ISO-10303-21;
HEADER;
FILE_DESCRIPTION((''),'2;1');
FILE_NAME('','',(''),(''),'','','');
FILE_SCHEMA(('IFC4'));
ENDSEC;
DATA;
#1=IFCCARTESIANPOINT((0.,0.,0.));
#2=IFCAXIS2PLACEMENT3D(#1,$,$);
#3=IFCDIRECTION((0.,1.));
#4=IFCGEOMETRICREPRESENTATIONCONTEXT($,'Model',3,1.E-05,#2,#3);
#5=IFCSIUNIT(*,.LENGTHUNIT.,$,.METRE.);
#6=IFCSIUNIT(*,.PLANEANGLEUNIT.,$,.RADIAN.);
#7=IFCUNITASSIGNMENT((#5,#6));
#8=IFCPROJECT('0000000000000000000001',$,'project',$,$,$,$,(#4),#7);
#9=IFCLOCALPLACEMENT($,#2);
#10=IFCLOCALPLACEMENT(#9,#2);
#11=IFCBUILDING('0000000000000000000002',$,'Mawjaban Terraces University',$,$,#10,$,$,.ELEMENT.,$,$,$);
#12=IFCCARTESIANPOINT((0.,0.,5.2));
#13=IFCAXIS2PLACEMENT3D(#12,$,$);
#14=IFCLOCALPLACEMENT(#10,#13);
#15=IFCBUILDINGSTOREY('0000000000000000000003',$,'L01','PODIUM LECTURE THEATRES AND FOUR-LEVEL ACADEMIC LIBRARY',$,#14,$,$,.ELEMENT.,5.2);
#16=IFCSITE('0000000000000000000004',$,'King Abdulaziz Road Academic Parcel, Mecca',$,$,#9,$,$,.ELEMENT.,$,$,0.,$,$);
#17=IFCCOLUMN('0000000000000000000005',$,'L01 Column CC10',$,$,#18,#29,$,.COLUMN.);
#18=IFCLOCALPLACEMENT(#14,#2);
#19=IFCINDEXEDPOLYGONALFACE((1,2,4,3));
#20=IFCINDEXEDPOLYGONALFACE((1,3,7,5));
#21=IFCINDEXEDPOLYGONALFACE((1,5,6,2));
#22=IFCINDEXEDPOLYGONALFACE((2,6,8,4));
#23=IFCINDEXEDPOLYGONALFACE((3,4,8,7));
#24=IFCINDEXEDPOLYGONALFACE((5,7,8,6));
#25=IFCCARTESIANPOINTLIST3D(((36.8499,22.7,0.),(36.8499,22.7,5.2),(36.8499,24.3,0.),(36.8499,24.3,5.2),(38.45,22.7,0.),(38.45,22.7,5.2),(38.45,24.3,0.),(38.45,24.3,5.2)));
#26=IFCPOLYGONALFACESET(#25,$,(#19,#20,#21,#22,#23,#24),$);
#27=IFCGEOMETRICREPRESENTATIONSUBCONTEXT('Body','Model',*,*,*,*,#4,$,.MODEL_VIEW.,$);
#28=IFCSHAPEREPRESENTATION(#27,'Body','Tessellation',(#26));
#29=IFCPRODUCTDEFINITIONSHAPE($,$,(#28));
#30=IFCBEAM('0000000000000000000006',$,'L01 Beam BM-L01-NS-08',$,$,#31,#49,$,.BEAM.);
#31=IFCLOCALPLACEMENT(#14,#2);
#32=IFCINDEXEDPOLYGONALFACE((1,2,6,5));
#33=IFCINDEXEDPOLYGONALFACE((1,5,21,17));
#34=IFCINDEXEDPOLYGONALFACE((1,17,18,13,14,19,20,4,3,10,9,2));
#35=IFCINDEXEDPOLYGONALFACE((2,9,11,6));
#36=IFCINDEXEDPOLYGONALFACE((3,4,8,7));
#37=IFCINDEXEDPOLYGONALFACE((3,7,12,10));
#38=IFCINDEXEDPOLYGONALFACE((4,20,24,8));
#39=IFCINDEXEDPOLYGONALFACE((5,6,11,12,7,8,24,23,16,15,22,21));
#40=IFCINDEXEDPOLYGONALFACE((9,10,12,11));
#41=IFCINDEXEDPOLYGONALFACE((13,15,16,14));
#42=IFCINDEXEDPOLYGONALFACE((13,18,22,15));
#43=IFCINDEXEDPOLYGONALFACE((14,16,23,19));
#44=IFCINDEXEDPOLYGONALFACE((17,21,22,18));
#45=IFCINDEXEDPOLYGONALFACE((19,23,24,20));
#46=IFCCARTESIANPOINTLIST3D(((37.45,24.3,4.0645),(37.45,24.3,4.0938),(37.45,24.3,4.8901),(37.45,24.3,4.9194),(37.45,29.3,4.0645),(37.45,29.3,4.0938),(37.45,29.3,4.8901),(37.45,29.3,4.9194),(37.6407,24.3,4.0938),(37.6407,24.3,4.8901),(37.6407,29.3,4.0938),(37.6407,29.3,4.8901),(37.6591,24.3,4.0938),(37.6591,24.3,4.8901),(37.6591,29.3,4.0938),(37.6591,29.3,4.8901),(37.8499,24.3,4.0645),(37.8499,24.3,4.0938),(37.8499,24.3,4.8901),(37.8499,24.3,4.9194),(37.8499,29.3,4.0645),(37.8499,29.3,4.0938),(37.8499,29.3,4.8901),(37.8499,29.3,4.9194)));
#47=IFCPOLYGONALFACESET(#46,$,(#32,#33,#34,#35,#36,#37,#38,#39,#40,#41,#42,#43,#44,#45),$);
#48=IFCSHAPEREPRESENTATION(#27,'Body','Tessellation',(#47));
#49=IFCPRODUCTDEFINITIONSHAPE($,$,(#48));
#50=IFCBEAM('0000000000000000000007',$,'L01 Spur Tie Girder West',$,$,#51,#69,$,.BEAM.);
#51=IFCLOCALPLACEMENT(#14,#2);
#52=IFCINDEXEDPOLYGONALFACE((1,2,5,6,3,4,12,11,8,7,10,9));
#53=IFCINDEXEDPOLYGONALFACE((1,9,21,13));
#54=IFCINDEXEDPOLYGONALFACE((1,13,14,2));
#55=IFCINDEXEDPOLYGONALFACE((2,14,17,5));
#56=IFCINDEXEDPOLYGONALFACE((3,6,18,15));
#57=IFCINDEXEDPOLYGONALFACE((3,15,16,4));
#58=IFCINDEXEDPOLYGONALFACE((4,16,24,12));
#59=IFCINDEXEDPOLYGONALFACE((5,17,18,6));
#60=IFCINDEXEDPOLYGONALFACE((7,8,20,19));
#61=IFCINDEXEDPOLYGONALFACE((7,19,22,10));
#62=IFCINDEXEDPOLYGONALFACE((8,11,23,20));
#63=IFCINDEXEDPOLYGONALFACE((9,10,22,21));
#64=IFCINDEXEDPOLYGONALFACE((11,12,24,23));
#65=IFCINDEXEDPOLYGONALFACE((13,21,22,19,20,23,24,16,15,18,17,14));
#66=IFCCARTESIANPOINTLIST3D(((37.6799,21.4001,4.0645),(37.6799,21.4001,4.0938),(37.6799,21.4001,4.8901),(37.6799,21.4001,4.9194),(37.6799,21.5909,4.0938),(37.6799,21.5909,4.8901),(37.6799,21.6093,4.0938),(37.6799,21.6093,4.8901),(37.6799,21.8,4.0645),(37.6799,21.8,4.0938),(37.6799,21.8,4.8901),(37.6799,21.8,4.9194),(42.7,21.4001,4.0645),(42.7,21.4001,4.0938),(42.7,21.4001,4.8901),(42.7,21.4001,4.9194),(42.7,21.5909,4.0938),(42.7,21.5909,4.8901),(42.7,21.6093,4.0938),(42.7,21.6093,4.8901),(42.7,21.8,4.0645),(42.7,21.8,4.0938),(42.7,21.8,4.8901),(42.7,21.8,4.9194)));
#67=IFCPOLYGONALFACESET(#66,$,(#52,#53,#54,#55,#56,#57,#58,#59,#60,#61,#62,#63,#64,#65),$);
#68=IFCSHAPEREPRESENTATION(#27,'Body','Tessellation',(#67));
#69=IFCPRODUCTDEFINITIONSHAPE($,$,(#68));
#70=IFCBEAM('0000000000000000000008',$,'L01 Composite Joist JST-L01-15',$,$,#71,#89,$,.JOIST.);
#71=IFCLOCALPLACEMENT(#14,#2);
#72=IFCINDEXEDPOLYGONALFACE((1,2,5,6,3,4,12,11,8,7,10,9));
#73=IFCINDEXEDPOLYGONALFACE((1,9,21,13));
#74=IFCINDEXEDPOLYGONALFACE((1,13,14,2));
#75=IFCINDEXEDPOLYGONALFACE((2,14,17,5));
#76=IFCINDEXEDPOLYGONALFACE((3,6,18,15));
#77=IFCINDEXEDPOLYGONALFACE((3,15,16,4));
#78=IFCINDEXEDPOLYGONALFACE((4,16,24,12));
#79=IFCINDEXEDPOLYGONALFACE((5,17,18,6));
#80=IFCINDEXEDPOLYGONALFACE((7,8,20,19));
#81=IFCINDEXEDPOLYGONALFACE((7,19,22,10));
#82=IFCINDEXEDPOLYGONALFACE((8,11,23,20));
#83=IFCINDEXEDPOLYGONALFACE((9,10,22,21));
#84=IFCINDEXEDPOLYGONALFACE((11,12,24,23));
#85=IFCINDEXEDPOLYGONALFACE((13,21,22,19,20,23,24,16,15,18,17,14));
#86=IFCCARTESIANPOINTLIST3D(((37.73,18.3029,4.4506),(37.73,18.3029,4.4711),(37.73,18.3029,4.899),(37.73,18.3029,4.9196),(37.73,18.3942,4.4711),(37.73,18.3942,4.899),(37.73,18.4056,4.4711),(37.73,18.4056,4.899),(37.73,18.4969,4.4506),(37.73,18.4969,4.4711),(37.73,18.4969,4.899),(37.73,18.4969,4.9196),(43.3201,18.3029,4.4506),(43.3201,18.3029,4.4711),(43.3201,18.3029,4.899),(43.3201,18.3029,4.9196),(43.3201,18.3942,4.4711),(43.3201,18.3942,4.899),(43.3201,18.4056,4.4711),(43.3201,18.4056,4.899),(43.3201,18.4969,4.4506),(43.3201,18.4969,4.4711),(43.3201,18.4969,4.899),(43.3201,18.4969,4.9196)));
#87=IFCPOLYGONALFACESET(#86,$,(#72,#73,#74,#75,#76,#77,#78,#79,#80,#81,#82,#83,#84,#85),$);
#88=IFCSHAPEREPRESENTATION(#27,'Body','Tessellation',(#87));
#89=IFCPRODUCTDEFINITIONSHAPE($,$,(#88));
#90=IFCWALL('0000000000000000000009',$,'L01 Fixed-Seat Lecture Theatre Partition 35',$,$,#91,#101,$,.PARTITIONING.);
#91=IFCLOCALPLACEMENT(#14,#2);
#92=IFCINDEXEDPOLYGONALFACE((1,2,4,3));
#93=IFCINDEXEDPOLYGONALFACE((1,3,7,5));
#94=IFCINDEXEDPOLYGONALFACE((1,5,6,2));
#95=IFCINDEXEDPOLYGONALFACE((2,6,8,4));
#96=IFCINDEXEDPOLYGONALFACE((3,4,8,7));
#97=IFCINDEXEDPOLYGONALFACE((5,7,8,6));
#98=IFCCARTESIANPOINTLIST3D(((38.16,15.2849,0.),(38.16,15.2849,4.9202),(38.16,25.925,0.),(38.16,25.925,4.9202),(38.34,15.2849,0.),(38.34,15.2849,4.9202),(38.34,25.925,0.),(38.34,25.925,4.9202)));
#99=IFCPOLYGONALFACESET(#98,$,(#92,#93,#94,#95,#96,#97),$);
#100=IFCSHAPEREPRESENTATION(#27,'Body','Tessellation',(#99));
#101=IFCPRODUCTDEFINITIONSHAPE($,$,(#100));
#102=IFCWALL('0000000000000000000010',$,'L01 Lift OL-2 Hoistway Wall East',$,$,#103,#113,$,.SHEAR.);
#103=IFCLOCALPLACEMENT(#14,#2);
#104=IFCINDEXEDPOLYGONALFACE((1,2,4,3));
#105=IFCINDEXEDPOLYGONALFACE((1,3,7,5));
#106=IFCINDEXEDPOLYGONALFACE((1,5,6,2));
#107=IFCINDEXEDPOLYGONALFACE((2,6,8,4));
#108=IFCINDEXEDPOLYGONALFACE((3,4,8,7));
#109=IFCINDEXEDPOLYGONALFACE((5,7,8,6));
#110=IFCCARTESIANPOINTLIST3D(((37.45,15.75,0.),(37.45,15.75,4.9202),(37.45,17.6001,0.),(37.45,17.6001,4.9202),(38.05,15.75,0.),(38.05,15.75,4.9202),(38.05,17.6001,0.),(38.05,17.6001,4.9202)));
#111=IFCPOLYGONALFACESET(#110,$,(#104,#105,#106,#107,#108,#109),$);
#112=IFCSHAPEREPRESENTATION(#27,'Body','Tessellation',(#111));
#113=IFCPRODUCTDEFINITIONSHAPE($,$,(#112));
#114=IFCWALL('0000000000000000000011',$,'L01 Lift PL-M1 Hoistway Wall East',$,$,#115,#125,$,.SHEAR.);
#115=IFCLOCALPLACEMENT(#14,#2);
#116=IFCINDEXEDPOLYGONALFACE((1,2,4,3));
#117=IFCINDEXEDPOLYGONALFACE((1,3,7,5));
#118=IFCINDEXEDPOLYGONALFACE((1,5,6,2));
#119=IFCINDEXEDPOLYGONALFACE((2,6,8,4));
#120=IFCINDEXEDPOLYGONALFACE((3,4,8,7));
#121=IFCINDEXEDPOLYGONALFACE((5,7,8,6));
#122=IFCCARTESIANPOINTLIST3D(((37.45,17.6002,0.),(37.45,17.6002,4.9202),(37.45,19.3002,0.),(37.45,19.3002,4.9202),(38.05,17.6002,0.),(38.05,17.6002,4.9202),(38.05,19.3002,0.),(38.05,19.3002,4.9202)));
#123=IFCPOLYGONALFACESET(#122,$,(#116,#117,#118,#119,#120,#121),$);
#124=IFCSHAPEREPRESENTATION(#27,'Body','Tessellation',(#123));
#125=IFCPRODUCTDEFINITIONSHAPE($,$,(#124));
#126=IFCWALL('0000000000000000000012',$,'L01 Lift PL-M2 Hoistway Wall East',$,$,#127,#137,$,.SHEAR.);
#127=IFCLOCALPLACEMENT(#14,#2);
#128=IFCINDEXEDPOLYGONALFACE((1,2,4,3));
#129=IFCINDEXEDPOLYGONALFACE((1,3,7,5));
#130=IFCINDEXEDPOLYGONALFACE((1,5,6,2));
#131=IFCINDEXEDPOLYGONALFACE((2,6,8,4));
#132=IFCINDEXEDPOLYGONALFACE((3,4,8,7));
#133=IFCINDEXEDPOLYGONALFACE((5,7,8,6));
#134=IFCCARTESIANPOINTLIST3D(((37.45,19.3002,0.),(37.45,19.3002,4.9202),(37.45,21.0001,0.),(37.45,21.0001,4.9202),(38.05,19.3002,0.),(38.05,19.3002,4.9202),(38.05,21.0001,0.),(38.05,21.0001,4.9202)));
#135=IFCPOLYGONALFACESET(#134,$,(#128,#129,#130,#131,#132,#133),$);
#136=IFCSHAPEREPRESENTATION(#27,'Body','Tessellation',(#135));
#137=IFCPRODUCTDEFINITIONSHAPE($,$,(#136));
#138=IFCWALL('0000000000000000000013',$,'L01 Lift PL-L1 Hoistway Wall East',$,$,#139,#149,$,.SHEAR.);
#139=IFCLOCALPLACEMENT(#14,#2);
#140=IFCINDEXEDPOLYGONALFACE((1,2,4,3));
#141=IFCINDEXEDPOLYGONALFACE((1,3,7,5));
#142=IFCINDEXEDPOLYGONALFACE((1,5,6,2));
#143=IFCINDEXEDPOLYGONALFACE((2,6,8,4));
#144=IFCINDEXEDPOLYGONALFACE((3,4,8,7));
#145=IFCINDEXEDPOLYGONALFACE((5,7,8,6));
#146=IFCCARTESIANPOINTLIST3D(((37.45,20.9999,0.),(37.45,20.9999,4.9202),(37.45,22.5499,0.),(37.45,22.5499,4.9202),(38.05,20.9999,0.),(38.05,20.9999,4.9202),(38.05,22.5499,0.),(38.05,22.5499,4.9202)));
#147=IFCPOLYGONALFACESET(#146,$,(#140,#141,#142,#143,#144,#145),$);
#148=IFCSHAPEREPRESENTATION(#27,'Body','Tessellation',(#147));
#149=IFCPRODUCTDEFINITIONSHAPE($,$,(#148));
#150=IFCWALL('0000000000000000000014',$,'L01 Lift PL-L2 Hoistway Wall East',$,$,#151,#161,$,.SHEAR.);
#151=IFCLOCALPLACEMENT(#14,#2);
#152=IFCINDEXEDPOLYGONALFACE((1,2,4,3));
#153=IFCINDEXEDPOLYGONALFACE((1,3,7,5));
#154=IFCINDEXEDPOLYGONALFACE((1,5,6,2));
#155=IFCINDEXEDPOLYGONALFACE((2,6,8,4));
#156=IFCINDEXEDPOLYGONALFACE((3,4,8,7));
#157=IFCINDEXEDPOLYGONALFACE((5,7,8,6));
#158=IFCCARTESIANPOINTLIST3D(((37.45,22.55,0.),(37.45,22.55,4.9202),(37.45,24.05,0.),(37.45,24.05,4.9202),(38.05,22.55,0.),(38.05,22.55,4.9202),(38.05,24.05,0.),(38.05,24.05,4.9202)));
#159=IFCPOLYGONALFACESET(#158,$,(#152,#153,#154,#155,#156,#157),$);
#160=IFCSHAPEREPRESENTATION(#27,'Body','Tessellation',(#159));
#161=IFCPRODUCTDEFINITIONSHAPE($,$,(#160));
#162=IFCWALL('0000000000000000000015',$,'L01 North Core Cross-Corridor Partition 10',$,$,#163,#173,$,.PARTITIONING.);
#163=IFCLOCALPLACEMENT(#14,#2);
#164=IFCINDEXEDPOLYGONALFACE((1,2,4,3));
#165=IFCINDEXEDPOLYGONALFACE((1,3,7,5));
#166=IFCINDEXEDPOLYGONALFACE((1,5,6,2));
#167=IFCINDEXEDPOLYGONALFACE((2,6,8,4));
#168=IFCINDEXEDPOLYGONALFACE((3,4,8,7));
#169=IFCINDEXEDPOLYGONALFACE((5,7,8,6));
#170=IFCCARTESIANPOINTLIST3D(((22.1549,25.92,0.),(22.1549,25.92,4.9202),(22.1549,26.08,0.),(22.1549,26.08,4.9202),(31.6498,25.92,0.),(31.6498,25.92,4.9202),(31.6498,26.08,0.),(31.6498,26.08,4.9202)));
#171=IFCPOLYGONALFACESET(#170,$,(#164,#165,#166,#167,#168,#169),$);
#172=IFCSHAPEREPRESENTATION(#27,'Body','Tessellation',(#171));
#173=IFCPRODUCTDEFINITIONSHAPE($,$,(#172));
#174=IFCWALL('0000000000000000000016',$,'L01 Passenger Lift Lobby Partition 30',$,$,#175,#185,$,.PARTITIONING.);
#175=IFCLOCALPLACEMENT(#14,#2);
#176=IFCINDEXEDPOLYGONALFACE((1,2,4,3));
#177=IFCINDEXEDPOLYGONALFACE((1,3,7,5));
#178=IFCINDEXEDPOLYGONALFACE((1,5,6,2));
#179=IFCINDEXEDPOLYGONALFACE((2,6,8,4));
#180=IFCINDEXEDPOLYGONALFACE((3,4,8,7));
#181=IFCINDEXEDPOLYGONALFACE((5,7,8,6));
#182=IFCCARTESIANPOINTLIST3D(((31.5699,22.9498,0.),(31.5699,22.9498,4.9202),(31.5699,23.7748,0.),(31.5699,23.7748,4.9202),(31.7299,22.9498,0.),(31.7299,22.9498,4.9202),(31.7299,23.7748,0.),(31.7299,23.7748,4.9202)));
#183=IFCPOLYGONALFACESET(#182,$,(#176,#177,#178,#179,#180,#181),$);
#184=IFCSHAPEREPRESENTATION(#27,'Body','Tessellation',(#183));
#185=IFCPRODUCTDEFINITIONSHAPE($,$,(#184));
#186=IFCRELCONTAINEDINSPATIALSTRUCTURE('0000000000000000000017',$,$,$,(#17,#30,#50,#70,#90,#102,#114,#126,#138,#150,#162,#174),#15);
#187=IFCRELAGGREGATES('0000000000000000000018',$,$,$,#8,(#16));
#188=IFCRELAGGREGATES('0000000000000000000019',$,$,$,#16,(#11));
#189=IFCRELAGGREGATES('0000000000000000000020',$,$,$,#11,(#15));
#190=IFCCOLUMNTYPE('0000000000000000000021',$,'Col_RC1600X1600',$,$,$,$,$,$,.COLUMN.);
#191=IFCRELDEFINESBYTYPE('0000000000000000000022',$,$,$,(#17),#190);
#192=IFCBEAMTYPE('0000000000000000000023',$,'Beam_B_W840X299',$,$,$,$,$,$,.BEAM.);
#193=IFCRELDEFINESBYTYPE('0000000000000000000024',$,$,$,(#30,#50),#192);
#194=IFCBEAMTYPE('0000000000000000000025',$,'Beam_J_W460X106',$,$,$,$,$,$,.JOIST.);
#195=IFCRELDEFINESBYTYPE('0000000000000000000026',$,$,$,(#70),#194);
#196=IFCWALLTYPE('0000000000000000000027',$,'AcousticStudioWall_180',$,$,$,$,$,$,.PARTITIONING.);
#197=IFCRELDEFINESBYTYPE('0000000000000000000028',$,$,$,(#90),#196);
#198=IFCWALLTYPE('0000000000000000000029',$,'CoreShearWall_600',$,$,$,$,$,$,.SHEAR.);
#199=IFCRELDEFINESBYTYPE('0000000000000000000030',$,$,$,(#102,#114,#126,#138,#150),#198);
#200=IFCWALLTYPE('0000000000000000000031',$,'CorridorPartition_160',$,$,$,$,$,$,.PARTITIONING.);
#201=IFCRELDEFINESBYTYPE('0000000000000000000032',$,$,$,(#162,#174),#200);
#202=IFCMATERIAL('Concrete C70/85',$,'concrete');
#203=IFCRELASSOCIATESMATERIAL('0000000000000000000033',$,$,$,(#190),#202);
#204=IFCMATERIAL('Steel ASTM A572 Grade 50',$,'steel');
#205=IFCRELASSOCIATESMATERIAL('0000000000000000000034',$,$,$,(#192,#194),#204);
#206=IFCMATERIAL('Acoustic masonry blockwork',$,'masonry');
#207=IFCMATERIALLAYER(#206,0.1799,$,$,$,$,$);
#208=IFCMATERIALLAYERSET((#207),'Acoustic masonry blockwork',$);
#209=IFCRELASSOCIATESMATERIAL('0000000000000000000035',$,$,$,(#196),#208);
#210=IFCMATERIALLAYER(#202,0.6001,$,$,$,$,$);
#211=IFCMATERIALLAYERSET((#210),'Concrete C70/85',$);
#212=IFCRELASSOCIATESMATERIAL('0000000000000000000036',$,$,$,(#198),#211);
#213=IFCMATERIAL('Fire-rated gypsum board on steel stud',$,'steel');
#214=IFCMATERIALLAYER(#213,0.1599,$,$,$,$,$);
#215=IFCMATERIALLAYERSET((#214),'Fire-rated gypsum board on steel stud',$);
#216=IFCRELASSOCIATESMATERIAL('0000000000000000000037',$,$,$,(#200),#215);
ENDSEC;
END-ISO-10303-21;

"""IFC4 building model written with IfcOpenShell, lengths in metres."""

from ifc_helpers import new_model, si_unit, direction, frame, frame_2d, origin, origin_2d, place, context, subcontext, project, spatial, rectangle, i_section, extrude, material, layer, layer_set, material_profile, profile_set, type_object, element, save


model = new_model("IFC4")

# Units and contexts
model_context = context("Model", 3, precision=1e-05, world=origin(), true_north=direction((0.0, 1.0)))
body_context = subcontext(model_context, "Body", "Model", "MODEL_VIEW")
ifc_project = project(units=[si_unit("LENGTHUNIT", "METRE"), si_unit("PLANEANGLEUNIT", "RADIAN")], contexts=[model_context])

# Site, building, storey
site_placement = place(None, origin())
site = spatial("IfcSite", under=ifc_project, at=site_placement, Name="King Abdulaziz Road Academic Parcel, Mecca", CompositionType="ELEMENT", RefElevation=0.0)
building_placement = place(site_placement, origin())
building = spatial("IfcBuilding", under=site, at=building_placement, Name="Mawjaban Terraces University", CompositionType="ELEMENT")
storey_placement = place(building_placement, frame((0.0, 0.0, 5.2)))
storey = spatial("IfcBuildingStorey", under=building, at=storey_placement, Name="L01", Description="PODIUM LECTURE THEATRES AND FOUR-LEVEL ACADEMIC LIBRARY", CompositionType="ELEMENT", Elevation=5.2)

# Column
ifc_material_1 = material(Name="Concrete C70/85", Category="concrete")
ifc_material_profile_1 = material_profile(ifc_material_1, rectangle(XDim=1.6001, YDim=1.6001, at=origin_2d()), Name="RC1600X1600")
ifc_profile_set_1 = profile_set([ifc_material_profile_1], Name="Concrete C70/85")
column_type = type_object("IfcColumnType", Name="Col_RC1600X1600", PredefinedType="COLUMN", material=ifc_profile_set_1)
column_placement = place(storey_placement, frame((37.6499, 23.5, 0.0), z_axis=(0.0, 0.0, 1.0), x_axis=(1.0, 0.0, 0.0)))
element("IfcColumn", 1, at=column_placement, inside=storey, type_object=column_type, Name="L01 Column CC10", PredefinedType="COLUMN", context=body_context, shape_type="SweptSolid", body=[
    extrude(rectangle(XDim=1.6001, YDim=1.6001, at=origin_2d()), origin(), (0.0, 0.0, 1.0), 5.2),
])

# Beams
ifc_material_2 = material(Name="Steel ASTM A572 Grade 50", Category="steel")
ifc_material_profile_2 = material_profile(ifc_material_2, i_section(OverallWidth=0.3999, OverallDepth=0.855, WebThickness=0.0183, FlangeThickness=0.0293, at=origin_2d()), Name="W840X299")
ifc_profile_set_2 = profile_set([ifc_material_profile_2], Name="Steel ASTM A572 Grade 50")
beam_type_1 = type_object("IfcBeamType", Name="Beam_B_W840X299", PredefinedType="BEAM", material=ifc_profile_set_2)
beam_1_placement = place(storey_placement, frame((37.6499, 24.3, 4.4919), z_axis=(0.0, 1.0, 0.0), x_axis=(-1.0, 0.0, 0.0)))
element("IfcBeam", 2, at=beam_1_placement, inside=storey, type_object=beam_type_1, Name="L01 Beam BM-L01-NS-08", PredefinedType="BEAM", context=body_context, shape_type="SweptSolid", body=[
    extrude(i_section(OverallWidth=0.3999, OverallDepth=0.855, WebThickness=0.0183, FlangeThickness=0.0293, at=origin_2d()), origin(), (0.0, 0.0, 1.0), 5.0),
])
beam_2_placement = place(storey_placement, frame((37.6799, 21.6001, 4.4919), z_axis=(1.0, 0.0, 0.0), x_axis=(0.0, 1.0, 0.0)))
element("IfcBeam", 3, at=beam_2_placement, inside=storey, type_object=beam_type_1, Name="L01 Spur Tie Girder West", PredefinedType="BEAM", context=body_context, shape_type="SweptSolid", body=[
    extrude(i_section(OverallWidth=0.3999, OverallDepth=0.855, WebThickness=0.0183, FlangeThickness=0.0293, at=origin_2d()), origin(), (0.0, 0.0, 1.0), 5.02),
])
ifc_material_profile_3 = material_profile(ifc_material_2, i_section(OverallWidth=0.1941, OverallDepth=0.469, WebThickness=0.0115, FlangeThickness=0.0205, at=origin_2d()), Name="W460X106")
ifc_profile_set_3 = profile_set([ifc_material_profile_3], Name="Steel ASTM A572 Grade 50")
beam_type_2 = type_object("IfcBeamType", Name="Beam_J_W460X106", PredefinedType="JOIST", material=ifc_profile_set_3)
beam_3_placement = place(storey_placement, frame((37.73, 18.3999, 4.6851), z_axis=(1.0, 0.0, 0.0), x_axis=(0.0, 1.0, 0.0)))
element("IfcBeam", 4, at=beam_3_placement, inside=storey, type_object=beam_type_2, Name="L01 Composite Joist JST-L01-15", PredefinedType="JOIST", context=body_context, shape_type="SweptSolid", body=[
    extrude(i_section(OverallWidth=0.1941, OverallDepth=0.469, WebThickness=0.0115, FlangeThickness=0.0205, at=origin_2d()), origin(), (0.0, 0.0, 1.0), 5.5901),
])

# Walls
ifc_material_3 = material(Name="Acoustic masonry blockwork", Category="masonry")
ifc_layer_1 = layer(ifc_material_3, 0.1799)
ifc_layer_set_1 = layer_set([ifc_layer_1], Name="Acoustic masonry blockwork")
wall_type_1 = type_object("IfcWallType", Name="AcousticStudioWall_180", PredefinedType="PARTITIONING", material=ifc_layer_set_1)
wall_1_placement = place(storey_placement, frame((38.25, 25.925, 0.0), z_axis=(0.0, 0.0, 1.0), x_axis=(0.0, -1.0, 0.0)))
element("IfcWall", 5, at=wall_1_placement, inside=storey, type_object=wall_type_1, Name="L01 Fixed-Seat Lecture Theatre Partition 35", PredefinedType="PARTITIONING", context=body_context, shape_type="SweptSolid", body=[
    extrude(rectangle(XDim=10.6401, YDim=0.1799, at=frame_2d((5.3201, 0.0))), origin(), (0.0, 0.0, 1.0), 4.9202),
])
ifc_layer_2 = layer(ifc_material_1, 0.6001)
ifc_layer_set_2 = layer_set([ifc_layer_2], Name="Concrete C70/85")
wall_type_2 = type_object("IfcWallType", Name="CoreShearWall_600", PredefinedType="SHEAR", material=ifc_layer_set_2)
wall_2_placement = place(storey_placement, frame((37.75, 15.75, 0.0), z_axis=(0.0, 0.0, 1.0), x_axis=(0.0, 1.0, 0.0)))
element("IfcWall", 6, at=wall_2_placement, inside=storey, type_object=wall_type_2, Name="L01 Lift OL-2 Hoistway Wall East", PredefinedType="SHEAR", context=body_context, shape_type="SweptSolid", body=[
    extrude(rectangle(XDim=1.8501, YDim=0.6001, at=frame_2d((0.925, 0.0))), origin(), (0.0, 0.0, 1.0), 4.9202),
])
for number, where, z_axis, x_axis, name in (
    (7, (37.75, 17.6001, 0.0), (0.0, 0.0, 1.0), (0.0, 1.0, 0.0), "L01 Lift PL-M1 Hoistway Wall East"),
    (8, (37.75, 19.3, 0.0), (0.0, 0.0, 1.0), (0.0, 1.0, 0.0), "L01 Lift PL-M2 Hoistway Wall East"),
):
    element("IfcWall", number, at=place(storey_placement, frame(where, z_axis=z_axis, x_axis=x_axis)), inside=storey, type_object=wall_type_2, Name=name, PredefinedType="SHEAR", context=body_context, shape_type="SweptSolid", body=[
        extrude(rectangle(XDim=1.7, YDim=0.6001, at=frame_2d((0.8501, 0.0))), origin(), (0.0, 0.0, 1.0), 4.9202),
    ])
wall_3_placement = place(storey_placement, frame((37.75, 21.0, 0.0), z_axis=(0.0, 0.0, 1.0), x_axis=(0.0, 1.0, 0.0)))
element("IfcWall", 9, at=wall_3_placement, inside=storey, type_object=wall_type_2, Name="L01 Lift PL-L1 Hoistway Wall East", PredefinedType="SHEAR", context=body_context, shape_type="SweptSolid", body=[
    extrude(rectangle(XDim=1.55, YDim=0.6001, at=frame_2d((0.7749, 0.0))), origin(), (0.0, 0.0, 1.0), 4.9202),
])
wall_4_placement = place(storey_placement, frame((37.75, 22.55, 0.0), z_axis=(0.0, 0.0, 1.0), x_axis=(0.0, 1.0, 0.0)))
element("IfcWall", 10, at=wall_4_placement, inside=storey, type_object=wall_type_2, Name="L01 Lift PL-L2 Hoistway Wall East", PredefinedType="SHEAR", context=body_context, shape_type="SweptSolid", body=[
    extrude(rectangle(XDim=1.5, YDim=0.6001, at=frame_2d((0.75, 0.0))), origin(), (0.0, 0.0, 1.0), 4.9202),
])
ifc_material_4 = material(Name="Fire-rated gypsum board on steel stud", Category="steel")
ifc_layer_3 = layer(ifc_material_4, 0.1599)
ifc_layer_set_3 = layer_set([ifc_layer_3], Name="Fire-rated gypsum board on steel stud")
wall_type_3 = type_object("IfcWallType", Name="CorridorPartition_160", PredefinedType="PARTITIONING", material=ifc_layer_set_3)
wall_5_placement = place(storey_placement, frame((31.6499, 26.0, 0.0), z_axis=(0.0, 0.0, 1.0), x_axis=(-1.0, 0.0, 0.0)))
element("IfcWall", 11, at=wall_5_placement, inside=storey, type_object=wall_type_3, Name="L01 North Core Cross-Corridor Partition 10", PredefinedType="PARTITIONING", context=body_context, shape_type="SweptSolid", body=[
    extrude(rectangle(XDim=9.4949, YDim=0.1599, at=frame_2d((4.7476, 0.0))), origin(), (0.0, 0.0, 1.0), 4.9202),
])
wall_6_placement = place(storey_placement, frame((31.6499, 23.7749, 0.0), z_axis=(0.0, 0.0, 1.0), x_axis=(0.0, -1.0, 0.0)))
element("IfcWall", 12, at=wall_6_placement, inside=storey, type_object=wall_type_3, Name="L01 Passenger Lift Lobby Partition 30", PredefinedType="PARTITIONING", context=body_context, shape_type="SweptSolid", body=[
    extrude(rectangle(XDim=0.825, YDim=0.1599, at=frame_2d((0.4126, 0.0))), origin(), (0.0, 0.0, 1.0), 4.9202),
])

save(model, "model.ifc")
